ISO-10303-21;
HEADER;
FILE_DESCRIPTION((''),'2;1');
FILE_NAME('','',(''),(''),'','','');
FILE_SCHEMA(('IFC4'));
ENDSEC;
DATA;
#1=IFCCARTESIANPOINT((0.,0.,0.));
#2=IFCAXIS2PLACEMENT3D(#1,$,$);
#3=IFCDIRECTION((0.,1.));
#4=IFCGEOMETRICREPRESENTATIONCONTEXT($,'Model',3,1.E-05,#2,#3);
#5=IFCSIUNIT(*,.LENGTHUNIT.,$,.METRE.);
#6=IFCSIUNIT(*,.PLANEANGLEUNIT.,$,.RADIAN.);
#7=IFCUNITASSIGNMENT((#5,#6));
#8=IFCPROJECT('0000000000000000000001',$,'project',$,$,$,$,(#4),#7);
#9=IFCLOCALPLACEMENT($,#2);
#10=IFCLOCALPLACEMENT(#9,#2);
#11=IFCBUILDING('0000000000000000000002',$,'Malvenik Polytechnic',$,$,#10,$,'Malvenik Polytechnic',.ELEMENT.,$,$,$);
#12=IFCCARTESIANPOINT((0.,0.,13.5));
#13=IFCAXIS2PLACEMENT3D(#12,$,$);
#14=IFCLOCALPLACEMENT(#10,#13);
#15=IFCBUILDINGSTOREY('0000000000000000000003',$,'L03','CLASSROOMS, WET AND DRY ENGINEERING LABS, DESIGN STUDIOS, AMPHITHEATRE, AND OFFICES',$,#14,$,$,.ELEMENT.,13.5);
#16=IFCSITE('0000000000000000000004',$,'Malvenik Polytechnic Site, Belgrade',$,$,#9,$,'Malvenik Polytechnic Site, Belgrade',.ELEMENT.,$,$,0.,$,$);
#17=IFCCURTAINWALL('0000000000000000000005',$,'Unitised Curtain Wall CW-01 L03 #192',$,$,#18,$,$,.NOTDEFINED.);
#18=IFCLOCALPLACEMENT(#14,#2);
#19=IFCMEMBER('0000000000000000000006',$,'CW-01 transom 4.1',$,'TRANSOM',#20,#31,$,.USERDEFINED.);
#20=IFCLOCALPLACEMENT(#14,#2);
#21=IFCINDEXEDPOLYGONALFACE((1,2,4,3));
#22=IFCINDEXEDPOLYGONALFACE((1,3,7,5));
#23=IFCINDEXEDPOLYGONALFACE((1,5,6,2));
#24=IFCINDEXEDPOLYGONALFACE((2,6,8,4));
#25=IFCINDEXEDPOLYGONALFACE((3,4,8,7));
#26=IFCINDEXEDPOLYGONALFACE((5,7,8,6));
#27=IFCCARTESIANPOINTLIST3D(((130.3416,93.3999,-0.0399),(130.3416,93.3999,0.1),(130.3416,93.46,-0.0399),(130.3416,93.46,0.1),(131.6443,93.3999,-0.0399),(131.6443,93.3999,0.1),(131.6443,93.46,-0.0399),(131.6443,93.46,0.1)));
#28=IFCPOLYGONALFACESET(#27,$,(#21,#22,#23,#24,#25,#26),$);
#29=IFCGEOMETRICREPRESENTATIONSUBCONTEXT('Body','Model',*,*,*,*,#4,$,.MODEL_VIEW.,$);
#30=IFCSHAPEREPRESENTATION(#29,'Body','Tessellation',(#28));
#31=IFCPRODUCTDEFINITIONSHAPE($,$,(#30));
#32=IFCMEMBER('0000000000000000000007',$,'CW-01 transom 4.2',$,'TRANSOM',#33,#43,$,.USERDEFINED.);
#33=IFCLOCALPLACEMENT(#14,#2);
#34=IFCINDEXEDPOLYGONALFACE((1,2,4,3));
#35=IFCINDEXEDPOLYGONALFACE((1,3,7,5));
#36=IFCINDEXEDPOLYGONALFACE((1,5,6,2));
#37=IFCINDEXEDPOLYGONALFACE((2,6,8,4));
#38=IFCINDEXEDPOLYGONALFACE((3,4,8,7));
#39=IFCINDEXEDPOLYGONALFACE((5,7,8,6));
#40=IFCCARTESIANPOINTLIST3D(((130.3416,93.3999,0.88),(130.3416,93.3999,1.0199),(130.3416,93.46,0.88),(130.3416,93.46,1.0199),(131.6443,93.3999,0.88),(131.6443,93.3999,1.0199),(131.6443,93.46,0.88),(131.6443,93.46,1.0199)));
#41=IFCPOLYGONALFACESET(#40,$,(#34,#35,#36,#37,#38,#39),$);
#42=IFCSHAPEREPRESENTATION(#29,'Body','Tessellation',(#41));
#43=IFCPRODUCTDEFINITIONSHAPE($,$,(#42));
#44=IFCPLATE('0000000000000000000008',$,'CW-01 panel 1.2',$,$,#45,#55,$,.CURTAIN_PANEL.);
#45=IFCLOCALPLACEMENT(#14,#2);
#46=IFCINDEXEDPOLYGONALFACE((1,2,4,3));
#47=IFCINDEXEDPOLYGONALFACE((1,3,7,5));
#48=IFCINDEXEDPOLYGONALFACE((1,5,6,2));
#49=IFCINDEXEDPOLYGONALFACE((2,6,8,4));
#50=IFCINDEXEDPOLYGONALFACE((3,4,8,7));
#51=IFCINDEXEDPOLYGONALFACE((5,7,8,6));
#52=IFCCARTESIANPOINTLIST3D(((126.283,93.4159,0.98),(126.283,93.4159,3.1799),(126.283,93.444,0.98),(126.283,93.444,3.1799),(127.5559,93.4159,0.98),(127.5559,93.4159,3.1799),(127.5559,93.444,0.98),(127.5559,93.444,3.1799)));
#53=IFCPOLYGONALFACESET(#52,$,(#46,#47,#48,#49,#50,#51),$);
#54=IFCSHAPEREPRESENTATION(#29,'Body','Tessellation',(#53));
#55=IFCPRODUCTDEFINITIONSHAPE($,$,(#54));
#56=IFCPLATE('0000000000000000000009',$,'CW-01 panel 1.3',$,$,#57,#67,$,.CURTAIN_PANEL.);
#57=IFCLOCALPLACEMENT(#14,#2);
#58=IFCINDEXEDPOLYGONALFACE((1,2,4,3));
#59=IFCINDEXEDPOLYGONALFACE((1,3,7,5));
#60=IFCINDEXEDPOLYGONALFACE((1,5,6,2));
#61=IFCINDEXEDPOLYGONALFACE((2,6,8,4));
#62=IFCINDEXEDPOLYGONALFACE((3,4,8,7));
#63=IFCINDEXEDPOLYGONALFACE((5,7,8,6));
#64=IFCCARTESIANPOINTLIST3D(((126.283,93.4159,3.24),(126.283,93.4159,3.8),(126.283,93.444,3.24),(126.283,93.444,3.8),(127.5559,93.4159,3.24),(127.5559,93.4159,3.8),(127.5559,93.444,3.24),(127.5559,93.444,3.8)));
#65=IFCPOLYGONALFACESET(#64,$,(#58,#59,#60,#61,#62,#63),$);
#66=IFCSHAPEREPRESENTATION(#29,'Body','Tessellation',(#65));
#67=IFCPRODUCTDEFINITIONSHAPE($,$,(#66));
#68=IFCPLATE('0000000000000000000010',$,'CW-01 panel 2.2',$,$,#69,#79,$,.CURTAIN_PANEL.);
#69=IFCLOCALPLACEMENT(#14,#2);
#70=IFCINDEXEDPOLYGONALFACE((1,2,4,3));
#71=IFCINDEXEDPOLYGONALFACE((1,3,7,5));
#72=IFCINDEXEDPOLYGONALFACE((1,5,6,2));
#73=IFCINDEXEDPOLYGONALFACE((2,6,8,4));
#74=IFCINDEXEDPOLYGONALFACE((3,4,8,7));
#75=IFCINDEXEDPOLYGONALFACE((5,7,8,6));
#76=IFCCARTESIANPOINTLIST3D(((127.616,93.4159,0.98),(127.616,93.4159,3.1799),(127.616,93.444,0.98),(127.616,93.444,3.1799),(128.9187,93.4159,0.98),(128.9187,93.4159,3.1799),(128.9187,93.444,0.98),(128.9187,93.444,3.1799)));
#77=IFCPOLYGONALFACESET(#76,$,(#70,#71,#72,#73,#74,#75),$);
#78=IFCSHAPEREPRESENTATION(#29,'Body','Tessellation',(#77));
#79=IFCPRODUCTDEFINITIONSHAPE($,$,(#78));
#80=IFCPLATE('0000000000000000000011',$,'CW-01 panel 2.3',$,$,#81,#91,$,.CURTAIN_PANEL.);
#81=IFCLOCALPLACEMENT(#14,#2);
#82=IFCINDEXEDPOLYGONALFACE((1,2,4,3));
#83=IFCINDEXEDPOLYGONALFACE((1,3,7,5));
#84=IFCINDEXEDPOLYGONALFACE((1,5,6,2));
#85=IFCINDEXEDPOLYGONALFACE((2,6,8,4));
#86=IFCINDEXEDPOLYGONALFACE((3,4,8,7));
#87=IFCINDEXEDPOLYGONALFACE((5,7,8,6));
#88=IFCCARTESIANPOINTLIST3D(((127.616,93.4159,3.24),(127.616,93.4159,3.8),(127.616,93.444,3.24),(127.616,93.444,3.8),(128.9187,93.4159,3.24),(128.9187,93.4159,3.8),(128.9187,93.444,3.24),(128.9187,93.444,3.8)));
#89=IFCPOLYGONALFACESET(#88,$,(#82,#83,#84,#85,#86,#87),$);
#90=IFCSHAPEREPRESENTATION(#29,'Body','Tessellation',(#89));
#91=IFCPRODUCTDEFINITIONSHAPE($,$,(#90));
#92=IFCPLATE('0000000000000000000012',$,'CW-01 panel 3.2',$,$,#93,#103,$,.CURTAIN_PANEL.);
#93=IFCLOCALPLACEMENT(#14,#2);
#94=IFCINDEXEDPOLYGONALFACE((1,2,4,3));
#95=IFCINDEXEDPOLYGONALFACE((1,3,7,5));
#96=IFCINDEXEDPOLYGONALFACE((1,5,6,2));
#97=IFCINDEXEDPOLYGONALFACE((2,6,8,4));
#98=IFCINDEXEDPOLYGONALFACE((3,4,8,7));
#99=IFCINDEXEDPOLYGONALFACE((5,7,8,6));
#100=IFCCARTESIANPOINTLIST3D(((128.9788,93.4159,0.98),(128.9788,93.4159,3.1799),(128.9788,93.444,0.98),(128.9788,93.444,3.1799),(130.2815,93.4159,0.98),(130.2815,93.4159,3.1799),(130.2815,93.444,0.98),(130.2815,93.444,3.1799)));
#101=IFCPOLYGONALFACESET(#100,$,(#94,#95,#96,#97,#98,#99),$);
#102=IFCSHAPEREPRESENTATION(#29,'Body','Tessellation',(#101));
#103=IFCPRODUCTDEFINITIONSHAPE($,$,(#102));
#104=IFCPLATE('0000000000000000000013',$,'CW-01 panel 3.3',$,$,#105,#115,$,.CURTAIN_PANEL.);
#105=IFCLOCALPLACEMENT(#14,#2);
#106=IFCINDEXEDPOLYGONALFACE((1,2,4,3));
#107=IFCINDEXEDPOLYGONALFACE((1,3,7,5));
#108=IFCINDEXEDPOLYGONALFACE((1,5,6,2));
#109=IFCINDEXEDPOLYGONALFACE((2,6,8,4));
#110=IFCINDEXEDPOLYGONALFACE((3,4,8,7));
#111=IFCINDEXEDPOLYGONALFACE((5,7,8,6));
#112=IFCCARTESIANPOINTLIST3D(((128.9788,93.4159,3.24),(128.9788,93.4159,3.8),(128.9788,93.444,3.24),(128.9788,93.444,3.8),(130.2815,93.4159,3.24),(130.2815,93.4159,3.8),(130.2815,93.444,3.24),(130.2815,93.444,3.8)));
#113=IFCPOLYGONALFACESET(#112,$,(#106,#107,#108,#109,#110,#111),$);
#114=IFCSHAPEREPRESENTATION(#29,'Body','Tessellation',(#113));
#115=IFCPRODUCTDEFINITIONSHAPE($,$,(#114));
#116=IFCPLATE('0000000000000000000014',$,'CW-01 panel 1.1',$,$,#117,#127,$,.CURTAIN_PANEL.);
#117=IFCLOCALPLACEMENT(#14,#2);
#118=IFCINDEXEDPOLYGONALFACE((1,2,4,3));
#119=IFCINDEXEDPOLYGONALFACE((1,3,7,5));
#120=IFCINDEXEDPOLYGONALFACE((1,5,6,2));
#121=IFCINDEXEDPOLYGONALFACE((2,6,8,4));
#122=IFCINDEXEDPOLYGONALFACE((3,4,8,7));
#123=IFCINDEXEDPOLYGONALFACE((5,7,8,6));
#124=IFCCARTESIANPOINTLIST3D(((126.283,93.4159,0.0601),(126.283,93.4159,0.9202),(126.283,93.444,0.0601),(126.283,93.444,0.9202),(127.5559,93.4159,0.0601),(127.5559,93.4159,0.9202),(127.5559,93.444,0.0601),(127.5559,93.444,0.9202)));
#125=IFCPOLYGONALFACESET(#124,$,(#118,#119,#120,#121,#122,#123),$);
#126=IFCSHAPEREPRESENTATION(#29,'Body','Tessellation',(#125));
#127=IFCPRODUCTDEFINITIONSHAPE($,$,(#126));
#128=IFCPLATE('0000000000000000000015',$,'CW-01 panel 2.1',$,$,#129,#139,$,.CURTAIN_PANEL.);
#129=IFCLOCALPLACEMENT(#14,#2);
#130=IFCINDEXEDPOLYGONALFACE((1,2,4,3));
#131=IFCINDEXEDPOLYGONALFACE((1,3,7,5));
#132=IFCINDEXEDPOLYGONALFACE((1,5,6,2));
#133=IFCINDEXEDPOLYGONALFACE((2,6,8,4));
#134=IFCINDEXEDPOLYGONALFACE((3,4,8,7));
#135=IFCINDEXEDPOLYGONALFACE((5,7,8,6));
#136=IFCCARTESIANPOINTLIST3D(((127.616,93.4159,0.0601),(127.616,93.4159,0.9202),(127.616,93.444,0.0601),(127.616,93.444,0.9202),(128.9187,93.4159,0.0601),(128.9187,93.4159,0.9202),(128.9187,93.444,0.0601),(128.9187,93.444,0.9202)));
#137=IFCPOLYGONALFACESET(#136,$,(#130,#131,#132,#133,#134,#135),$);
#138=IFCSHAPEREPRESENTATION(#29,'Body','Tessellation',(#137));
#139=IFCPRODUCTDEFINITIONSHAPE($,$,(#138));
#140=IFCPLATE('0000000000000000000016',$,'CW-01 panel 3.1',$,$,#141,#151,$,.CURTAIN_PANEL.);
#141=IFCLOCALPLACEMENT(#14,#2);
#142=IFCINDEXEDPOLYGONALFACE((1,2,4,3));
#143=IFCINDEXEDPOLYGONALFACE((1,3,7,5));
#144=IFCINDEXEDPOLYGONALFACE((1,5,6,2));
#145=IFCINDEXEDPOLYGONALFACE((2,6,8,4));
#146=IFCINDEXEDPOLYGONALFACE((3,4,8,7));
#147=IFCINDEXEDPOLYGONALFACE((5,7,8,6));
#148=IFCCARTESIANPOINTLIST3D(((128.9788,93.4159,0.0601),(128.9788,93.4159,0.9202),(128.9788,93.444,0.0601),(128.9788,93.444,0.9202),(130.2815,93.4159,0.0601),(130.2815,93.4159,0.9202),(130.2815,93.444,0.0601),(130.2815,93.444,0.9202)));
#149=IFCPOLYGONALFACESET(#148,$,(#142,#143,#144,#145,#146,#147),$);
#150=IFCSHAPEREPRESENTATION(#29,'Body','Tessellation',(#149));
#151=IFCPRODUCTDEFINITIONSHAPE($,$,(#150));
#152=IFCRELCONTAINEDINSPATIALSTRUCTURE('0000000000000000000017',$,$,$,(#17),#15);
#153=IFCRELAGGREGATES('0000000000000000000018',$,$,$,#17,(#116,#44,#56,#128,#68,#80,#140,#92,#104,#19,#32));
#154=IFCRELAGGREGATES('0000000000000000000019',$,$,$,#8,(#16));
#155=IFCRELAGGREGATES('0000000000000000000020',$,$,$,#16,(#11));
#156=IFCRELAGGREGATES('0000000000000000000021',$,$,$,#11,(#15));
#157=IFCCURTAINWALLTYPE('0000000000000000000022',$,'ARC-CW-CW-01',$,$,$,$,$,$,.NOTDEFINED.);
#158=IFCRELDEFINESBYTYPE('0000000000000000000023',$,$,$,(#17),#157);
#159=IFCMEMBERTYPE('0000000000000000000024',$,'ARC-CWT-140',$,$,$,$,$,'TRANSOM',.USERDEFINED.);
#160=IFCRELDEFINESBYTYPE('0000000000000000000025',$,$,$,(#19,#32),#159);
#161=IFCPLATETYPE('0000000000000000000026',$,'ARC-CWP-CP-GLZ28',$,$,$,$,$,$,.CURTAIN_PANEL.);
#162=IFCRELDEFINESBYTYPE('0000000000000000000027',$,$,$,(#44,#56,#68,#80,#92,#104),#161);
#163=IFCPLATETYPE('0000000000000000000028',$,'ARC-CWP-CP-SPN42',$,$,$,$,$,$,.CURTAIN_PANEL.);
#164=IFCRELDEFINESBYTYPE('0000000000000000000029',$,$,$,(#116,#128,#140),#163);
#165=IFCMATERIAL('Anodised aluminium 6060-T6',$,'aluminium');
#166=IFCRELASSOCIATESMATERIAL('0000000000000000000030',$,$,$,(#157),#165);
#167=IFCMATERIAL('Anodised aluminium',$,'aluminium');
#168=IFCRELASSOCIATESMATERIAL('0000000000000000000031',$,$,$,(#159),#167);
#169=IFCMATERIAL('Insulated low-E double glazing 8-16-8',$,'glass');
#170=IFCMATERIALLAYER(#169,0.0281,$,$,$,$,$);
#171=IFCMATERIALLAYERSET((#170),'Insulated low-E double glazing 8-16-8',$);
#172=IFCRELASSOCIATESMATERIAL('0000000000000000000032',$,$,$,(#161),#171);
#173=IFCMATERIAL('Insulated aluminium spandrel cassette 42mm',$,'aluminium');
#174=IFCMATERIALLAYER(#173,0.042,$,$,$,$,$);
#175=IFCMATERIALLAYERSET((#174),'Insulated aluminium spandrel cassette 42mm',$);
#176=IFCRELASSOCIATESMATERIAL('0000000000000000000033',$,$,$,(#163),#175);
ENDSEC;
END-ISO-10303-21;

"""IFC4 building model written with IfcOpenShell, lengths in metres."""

from ifc_helpers import new_model, si_unit, direction, frame, origin, origin_2d, place, context, subcontext, project, spatial, rectangle, extrude, material, layer, layer_set, material_profile, profile_set, type_object, element, aggregate, save


model = new_model("IFC4")

# Units and contexts
model_context = context("Model", 3, precision=1e-05, world=origin(), true_north=direction((0.0, 1.0)))
body_context = subcontext(model_context, "Body", "Model", "MODEL_VIEW")
ifc_project = project(units=[si_unit("LENGTHUNIT", "METRE"), si_unit("PLANEANGLEUNIT", "RADIAN")], contexts=[model_context])

# Site, building, storey
site_placement = place(None, origin())
site = spatial("IfcSite", under=ifc_project, at=site_placement, Name="Malvenik Polytechnic Site, Belgrade", LongName="Malvenik Polytechnic Site, Belgrade", CompositionType="ELEMENT", RefElevation=0.0)
building_placement = place(site_placement, origin())
building = spatial("IfcBuilding", under=site, at=building_placement, Name="Malvenik Polytechnic", LongName="Malvenik Polytechnic", CompositionType="ELEMENT")
storey_placement = place(building_placement, frame((0.0, 0.0, 13.5)))
storey = spatial("IfcBuildingStorey", under=building, at=storey_placement, Name="L03", Description="CLASSROOMS, WET AND DRY ENGINEERING LABS, DESIGN STUDIOS, AMPHITHEATRE, AND OFFICES", CompositionType="ELEMENT", Elevation=13.5)

# Curtain wall, members, plates
ifc_material_1 = material(Name="Anodised aluminium 6060-T6", Category="aluminium")
curtain_wall_type = type_object("IfcCurtainWallType", Name="ARC-CW-CW-01", PredefinedType="NOTDEFINED", material=ifc_material_1)
curtain_wall_placement = place(storey_placement, origin())
curtain_wall = element("IfcCurtainWall", 1, at=curtain_wall_placement, inside=storey, type_object=curtain_wall_type, Name="Unitised Curtain Wall CW-01 L03 #192", PredefinedType="NOTDEFINED")
ifc_material_2 = material(Name="Anodised aluminium", Category="aluminium")
ifc_material_profile_1 = material_profile(ifc_material_2, rectangle(XDim=0.0601, YDim=0.1399, at=origin_2d()), Name="ALU TRANSOM 60x140")
ifc_profile_set_1 = profile_set([ifc_material_profile_1], Name="Anodised aluminium")
member_type_1 = type_object("IfcMemberType", Name="ARC-CWT-140", ElementType="TRANSOM", PredefinedType="USERDEFINED", material=ifc_profile_set_1)
member_1_placement = place(storey_placement, frame((130.3416, 93.4299, 0.03), z_axis=(1.0, 0.0, 0.0), x_axis=(0.0, 1.0, 0.0)))
member_1 = element("IfcMember", 2, at=member_1_placement, type_object=member_type_1, Name="CW-01 transom 4.1", ObjectType="TRANSOM", PredefinedType="USERDEFINED", context=body_context, shape_type="SweptSolid", body=[
    extrude(rectangle(XDim=0.0601, YDim=0.1399, at=origin_2d()), origin(), (0.0, 0.0, 1.0), 1.3027),
])
member_2_placement = place(storey_placement, frame((130.3416, 93.4299, 0.95), z_axis=(1.0, 0.0, 0.0), x_axis=(0.0, 1.0, 0.0)))
member_2 = element("IfcMember", 3, at=member_2_placement, type_object=member_type_1, Name="CW-01 transom 4.2", ObjectType="TRANSOM", PredefinedType="USERDEFINED", context=body_context, shape_type="SweptSolid", body=[
    extrude(rectangle(XDim=0.0601, YDim=0.1399, at=origin_2d()), origin(), (0.0, 0.0, 1.0), 1.3027),
])
ifc_material_3 = material(Name="Insulated low-E double glazing 8-16-8", Category="glass")
ifc_layer_1 = layer(ifc_material_3, 0.0281)
ifc_layer_set_1 = layer_set([ifc_layer_1], Name="Insulated low-E double glazing 8-16-8")
plate_type_1 = type_object("IfcPlateType", Name="ARC-CWP-CP-GLZ28", PredefinedType="CURTAIN_PANEL", material=ifc_layer_set_1)
plate_1_placement = place(storey_placement, frame((126.9194, 93.4299, 0.98), z_axis=(0.0, 0.0, 1.0), x_axis=(1.0, 0.0, 0.0)))
plate_1 = element("IfcPlate", 4, at=plate_1_placement, type_object=plate_type_1, Name="CW-01 panel 1.2", PredefinedType="CURTAIN_PANEL", context=body_context, shape_type="SweptSolid", body=[
    extrude(rectangle(XDim=1.2729, YDim=0.0281, at=origin_2d()), origin(), (0.0, 0.0, 1.0), 2.2),
])
plate_2_placement = place(storey_placement, frame((126.9194, 93.4299, 3.24), z_axis=(0.0, 0.0, 1.0), x_axis=(1.0, 0.0, 0.0)))
plate_2 = element("IfcPlate", 5, at=plate_2_placement, type_object=plate_type_1, Name="CW-01 panel 1.3", PredefinedType="CURTAIN_PANEL", context=body_context, shape_type="SweptSolid", body=[
    extrude(rectangle(XDim=1.2729, YDim=0.0281, at=origin_2d()), origin(), (0.0, 0.0, 1.0), 0.5601),
])
plate_3_placement = place(storey_placement, frame((128.2673, 93.4299, 0.98), z_axis=(0.0, 0.0, 1.0), x_axis=(1.0, 0.0, 0.0)))
plate_3 = element("IfcPlate", 6, at=plate_3_placement, type_object=plate_type_1, Name="CW-01 panel 2.2", PredefinedType="CURTAIN_PANEL", context=body_context, shape_type="SweptSolid", body=[
    extrude(rectangle(XDim=1.3027, YDim=0.0281, at=origin_2d()), origin(), (0.0, 0.0, 1.0), 2.2),
])
plate_4_placement = place(storey_placement, frame((128.2673, 93.4299, 3.24), z_axis=(0.0, 0.0, 1.0), x_axis=(1.0, 0.0, 0.0)))
plate_4 = element("IfcPlate", 7, at=plate_4_placement, type_object=plate_type_1, Name="CW-01 panel 2.3", PredefinedType="CURTAIN_PANEL", context=body_context, shape_type="SweptSolid", body=[
    extrude(rectangle(XDim=1.3027, YDim=0.0281, at=origin_2d()), origin(), (0.0, 0.0, 1.0), 0.5601),
])
plate_5_placement = place(storey_placement, frame((129.6301, 93.4299, 0.98), z_axis=(0.0, 0.0, 1.0), x_axis=(1.0, 0.0, 0.0)))
plate_5 = element("IfcPlate", 8, at=plate_5_placement, type_object=plate_type_1, Name="CW-01 panel 3.2", PredefinedType="CURTAIN_PANEL", context=body_context, shape_type="SweptSolid", body=[
    extrude(rectangle(XDim=1.3027, YDim=0.0281, at=origin_2d()), origin(), (0.0, 0.0, 1.0), 2.2),
])
plate_6_placement = place(storey_placement, frame((129.6301, 93.4299, 3.24), z_axis=(0.0, 0.0, 1.0), x_axis=(1.0, 0.0, 0.0)))
plate_6 = element("IfcPlate", 9, at=plate_6_placement, type_object=plate_type_1, Name="CW-01 panel 3.3", PredefinedType="CURTAIN_PANEL", context=body_context, shape_type="SweptSolid", body=[
    extrude(rectangle(XDim=1.3027, YDim=0.0281, at=origin_2d()), origin(), (0.0, 0.0, 1.0), 0.5601),
])
ifc_material_4 = material(Name="Insulated aluminium spandrel cassette 42mm", Category="aluminium")
ifc_layer_2 = layer(ifc_material_4, 0.042)
ifc_layer_set_2 = layer_set([ifc_layer_2], Name="Insulated aluminium spandrel cassette 42mm")
plate_type_2 = type_object("IfcPlateType", Name="ARC-CWP-CP-SPN42", PredefinedType="CURTAIN_PANEL", material=ifc_layer_set_2)
plate_7_placement = place(storey_placement, frame((126.9194, 93.4299, 0.0601), z_axis=(0.0, 0.0, 1.0), x_axis=(1.0, 0.0, 0.0)))
plate_7 = element("IfcPlate", 10, at=plate_7_placement, type_object=plate_type_2, Name="CW-01 panel 1.1", PredefinedType="CURTAIN_PANEL", context=body_context, shape_type="SweptSolid", body=[
    extrude(rectangle(XDim=1.2729, YDim=0.0281, at=origin_2d()), origin(), (0.0, 0.0, 1.0), 0.8601),
])
plate_8_placement = place(storey_placement, frame((128.2673, 93.4299, 0.0601), z_axis=(0.0, 0.0, 1.0), x_axis=(1.0, 0.0, 0.0)))
plate_8 = element("IfcPlate", 11, at=plate_8_placement, type_object=plate_type_2, Name="CW-01 panel 2.1", PredefinedType="CURTAIN_PANEL", context=body_context, shape_type="SweptSolid", body=[
    extrude(rectangle(XDim=1.3027, YDim=0.0281, at=origin_2d()), origin(), (0.0, 0.0, 1.0), 0.8601),
])
plate_9_placement = place(storey_placement, frame((129.6301, 93.4299, 0.0601), z_axis=(0.0, 0.0, 1.0), x_axis=(1.0, 0.0, 0.0)))
plate_9 = element("IfcPlate", 12, at=plate_9_placement, type_object=plate_type_2, Name="CW-01 panel 3.1", PredefinedType="CURTAIN_PANEL", context=body_context, shape_type="SweptSolid", body=[
    extrude(rectangle(XDim=1.3027, YDim=0.0281, at=origin_2d()), origin(), (0.0, 0.0, 1.0), 0.8601),
])
aggregate(curtain_wall, [plate_7, plate_1, plate_2, plate_8, plate_3, plate_4, plate_9, plate_5, plate_6, member_1, member_2])

save(model, "model.ifc")
